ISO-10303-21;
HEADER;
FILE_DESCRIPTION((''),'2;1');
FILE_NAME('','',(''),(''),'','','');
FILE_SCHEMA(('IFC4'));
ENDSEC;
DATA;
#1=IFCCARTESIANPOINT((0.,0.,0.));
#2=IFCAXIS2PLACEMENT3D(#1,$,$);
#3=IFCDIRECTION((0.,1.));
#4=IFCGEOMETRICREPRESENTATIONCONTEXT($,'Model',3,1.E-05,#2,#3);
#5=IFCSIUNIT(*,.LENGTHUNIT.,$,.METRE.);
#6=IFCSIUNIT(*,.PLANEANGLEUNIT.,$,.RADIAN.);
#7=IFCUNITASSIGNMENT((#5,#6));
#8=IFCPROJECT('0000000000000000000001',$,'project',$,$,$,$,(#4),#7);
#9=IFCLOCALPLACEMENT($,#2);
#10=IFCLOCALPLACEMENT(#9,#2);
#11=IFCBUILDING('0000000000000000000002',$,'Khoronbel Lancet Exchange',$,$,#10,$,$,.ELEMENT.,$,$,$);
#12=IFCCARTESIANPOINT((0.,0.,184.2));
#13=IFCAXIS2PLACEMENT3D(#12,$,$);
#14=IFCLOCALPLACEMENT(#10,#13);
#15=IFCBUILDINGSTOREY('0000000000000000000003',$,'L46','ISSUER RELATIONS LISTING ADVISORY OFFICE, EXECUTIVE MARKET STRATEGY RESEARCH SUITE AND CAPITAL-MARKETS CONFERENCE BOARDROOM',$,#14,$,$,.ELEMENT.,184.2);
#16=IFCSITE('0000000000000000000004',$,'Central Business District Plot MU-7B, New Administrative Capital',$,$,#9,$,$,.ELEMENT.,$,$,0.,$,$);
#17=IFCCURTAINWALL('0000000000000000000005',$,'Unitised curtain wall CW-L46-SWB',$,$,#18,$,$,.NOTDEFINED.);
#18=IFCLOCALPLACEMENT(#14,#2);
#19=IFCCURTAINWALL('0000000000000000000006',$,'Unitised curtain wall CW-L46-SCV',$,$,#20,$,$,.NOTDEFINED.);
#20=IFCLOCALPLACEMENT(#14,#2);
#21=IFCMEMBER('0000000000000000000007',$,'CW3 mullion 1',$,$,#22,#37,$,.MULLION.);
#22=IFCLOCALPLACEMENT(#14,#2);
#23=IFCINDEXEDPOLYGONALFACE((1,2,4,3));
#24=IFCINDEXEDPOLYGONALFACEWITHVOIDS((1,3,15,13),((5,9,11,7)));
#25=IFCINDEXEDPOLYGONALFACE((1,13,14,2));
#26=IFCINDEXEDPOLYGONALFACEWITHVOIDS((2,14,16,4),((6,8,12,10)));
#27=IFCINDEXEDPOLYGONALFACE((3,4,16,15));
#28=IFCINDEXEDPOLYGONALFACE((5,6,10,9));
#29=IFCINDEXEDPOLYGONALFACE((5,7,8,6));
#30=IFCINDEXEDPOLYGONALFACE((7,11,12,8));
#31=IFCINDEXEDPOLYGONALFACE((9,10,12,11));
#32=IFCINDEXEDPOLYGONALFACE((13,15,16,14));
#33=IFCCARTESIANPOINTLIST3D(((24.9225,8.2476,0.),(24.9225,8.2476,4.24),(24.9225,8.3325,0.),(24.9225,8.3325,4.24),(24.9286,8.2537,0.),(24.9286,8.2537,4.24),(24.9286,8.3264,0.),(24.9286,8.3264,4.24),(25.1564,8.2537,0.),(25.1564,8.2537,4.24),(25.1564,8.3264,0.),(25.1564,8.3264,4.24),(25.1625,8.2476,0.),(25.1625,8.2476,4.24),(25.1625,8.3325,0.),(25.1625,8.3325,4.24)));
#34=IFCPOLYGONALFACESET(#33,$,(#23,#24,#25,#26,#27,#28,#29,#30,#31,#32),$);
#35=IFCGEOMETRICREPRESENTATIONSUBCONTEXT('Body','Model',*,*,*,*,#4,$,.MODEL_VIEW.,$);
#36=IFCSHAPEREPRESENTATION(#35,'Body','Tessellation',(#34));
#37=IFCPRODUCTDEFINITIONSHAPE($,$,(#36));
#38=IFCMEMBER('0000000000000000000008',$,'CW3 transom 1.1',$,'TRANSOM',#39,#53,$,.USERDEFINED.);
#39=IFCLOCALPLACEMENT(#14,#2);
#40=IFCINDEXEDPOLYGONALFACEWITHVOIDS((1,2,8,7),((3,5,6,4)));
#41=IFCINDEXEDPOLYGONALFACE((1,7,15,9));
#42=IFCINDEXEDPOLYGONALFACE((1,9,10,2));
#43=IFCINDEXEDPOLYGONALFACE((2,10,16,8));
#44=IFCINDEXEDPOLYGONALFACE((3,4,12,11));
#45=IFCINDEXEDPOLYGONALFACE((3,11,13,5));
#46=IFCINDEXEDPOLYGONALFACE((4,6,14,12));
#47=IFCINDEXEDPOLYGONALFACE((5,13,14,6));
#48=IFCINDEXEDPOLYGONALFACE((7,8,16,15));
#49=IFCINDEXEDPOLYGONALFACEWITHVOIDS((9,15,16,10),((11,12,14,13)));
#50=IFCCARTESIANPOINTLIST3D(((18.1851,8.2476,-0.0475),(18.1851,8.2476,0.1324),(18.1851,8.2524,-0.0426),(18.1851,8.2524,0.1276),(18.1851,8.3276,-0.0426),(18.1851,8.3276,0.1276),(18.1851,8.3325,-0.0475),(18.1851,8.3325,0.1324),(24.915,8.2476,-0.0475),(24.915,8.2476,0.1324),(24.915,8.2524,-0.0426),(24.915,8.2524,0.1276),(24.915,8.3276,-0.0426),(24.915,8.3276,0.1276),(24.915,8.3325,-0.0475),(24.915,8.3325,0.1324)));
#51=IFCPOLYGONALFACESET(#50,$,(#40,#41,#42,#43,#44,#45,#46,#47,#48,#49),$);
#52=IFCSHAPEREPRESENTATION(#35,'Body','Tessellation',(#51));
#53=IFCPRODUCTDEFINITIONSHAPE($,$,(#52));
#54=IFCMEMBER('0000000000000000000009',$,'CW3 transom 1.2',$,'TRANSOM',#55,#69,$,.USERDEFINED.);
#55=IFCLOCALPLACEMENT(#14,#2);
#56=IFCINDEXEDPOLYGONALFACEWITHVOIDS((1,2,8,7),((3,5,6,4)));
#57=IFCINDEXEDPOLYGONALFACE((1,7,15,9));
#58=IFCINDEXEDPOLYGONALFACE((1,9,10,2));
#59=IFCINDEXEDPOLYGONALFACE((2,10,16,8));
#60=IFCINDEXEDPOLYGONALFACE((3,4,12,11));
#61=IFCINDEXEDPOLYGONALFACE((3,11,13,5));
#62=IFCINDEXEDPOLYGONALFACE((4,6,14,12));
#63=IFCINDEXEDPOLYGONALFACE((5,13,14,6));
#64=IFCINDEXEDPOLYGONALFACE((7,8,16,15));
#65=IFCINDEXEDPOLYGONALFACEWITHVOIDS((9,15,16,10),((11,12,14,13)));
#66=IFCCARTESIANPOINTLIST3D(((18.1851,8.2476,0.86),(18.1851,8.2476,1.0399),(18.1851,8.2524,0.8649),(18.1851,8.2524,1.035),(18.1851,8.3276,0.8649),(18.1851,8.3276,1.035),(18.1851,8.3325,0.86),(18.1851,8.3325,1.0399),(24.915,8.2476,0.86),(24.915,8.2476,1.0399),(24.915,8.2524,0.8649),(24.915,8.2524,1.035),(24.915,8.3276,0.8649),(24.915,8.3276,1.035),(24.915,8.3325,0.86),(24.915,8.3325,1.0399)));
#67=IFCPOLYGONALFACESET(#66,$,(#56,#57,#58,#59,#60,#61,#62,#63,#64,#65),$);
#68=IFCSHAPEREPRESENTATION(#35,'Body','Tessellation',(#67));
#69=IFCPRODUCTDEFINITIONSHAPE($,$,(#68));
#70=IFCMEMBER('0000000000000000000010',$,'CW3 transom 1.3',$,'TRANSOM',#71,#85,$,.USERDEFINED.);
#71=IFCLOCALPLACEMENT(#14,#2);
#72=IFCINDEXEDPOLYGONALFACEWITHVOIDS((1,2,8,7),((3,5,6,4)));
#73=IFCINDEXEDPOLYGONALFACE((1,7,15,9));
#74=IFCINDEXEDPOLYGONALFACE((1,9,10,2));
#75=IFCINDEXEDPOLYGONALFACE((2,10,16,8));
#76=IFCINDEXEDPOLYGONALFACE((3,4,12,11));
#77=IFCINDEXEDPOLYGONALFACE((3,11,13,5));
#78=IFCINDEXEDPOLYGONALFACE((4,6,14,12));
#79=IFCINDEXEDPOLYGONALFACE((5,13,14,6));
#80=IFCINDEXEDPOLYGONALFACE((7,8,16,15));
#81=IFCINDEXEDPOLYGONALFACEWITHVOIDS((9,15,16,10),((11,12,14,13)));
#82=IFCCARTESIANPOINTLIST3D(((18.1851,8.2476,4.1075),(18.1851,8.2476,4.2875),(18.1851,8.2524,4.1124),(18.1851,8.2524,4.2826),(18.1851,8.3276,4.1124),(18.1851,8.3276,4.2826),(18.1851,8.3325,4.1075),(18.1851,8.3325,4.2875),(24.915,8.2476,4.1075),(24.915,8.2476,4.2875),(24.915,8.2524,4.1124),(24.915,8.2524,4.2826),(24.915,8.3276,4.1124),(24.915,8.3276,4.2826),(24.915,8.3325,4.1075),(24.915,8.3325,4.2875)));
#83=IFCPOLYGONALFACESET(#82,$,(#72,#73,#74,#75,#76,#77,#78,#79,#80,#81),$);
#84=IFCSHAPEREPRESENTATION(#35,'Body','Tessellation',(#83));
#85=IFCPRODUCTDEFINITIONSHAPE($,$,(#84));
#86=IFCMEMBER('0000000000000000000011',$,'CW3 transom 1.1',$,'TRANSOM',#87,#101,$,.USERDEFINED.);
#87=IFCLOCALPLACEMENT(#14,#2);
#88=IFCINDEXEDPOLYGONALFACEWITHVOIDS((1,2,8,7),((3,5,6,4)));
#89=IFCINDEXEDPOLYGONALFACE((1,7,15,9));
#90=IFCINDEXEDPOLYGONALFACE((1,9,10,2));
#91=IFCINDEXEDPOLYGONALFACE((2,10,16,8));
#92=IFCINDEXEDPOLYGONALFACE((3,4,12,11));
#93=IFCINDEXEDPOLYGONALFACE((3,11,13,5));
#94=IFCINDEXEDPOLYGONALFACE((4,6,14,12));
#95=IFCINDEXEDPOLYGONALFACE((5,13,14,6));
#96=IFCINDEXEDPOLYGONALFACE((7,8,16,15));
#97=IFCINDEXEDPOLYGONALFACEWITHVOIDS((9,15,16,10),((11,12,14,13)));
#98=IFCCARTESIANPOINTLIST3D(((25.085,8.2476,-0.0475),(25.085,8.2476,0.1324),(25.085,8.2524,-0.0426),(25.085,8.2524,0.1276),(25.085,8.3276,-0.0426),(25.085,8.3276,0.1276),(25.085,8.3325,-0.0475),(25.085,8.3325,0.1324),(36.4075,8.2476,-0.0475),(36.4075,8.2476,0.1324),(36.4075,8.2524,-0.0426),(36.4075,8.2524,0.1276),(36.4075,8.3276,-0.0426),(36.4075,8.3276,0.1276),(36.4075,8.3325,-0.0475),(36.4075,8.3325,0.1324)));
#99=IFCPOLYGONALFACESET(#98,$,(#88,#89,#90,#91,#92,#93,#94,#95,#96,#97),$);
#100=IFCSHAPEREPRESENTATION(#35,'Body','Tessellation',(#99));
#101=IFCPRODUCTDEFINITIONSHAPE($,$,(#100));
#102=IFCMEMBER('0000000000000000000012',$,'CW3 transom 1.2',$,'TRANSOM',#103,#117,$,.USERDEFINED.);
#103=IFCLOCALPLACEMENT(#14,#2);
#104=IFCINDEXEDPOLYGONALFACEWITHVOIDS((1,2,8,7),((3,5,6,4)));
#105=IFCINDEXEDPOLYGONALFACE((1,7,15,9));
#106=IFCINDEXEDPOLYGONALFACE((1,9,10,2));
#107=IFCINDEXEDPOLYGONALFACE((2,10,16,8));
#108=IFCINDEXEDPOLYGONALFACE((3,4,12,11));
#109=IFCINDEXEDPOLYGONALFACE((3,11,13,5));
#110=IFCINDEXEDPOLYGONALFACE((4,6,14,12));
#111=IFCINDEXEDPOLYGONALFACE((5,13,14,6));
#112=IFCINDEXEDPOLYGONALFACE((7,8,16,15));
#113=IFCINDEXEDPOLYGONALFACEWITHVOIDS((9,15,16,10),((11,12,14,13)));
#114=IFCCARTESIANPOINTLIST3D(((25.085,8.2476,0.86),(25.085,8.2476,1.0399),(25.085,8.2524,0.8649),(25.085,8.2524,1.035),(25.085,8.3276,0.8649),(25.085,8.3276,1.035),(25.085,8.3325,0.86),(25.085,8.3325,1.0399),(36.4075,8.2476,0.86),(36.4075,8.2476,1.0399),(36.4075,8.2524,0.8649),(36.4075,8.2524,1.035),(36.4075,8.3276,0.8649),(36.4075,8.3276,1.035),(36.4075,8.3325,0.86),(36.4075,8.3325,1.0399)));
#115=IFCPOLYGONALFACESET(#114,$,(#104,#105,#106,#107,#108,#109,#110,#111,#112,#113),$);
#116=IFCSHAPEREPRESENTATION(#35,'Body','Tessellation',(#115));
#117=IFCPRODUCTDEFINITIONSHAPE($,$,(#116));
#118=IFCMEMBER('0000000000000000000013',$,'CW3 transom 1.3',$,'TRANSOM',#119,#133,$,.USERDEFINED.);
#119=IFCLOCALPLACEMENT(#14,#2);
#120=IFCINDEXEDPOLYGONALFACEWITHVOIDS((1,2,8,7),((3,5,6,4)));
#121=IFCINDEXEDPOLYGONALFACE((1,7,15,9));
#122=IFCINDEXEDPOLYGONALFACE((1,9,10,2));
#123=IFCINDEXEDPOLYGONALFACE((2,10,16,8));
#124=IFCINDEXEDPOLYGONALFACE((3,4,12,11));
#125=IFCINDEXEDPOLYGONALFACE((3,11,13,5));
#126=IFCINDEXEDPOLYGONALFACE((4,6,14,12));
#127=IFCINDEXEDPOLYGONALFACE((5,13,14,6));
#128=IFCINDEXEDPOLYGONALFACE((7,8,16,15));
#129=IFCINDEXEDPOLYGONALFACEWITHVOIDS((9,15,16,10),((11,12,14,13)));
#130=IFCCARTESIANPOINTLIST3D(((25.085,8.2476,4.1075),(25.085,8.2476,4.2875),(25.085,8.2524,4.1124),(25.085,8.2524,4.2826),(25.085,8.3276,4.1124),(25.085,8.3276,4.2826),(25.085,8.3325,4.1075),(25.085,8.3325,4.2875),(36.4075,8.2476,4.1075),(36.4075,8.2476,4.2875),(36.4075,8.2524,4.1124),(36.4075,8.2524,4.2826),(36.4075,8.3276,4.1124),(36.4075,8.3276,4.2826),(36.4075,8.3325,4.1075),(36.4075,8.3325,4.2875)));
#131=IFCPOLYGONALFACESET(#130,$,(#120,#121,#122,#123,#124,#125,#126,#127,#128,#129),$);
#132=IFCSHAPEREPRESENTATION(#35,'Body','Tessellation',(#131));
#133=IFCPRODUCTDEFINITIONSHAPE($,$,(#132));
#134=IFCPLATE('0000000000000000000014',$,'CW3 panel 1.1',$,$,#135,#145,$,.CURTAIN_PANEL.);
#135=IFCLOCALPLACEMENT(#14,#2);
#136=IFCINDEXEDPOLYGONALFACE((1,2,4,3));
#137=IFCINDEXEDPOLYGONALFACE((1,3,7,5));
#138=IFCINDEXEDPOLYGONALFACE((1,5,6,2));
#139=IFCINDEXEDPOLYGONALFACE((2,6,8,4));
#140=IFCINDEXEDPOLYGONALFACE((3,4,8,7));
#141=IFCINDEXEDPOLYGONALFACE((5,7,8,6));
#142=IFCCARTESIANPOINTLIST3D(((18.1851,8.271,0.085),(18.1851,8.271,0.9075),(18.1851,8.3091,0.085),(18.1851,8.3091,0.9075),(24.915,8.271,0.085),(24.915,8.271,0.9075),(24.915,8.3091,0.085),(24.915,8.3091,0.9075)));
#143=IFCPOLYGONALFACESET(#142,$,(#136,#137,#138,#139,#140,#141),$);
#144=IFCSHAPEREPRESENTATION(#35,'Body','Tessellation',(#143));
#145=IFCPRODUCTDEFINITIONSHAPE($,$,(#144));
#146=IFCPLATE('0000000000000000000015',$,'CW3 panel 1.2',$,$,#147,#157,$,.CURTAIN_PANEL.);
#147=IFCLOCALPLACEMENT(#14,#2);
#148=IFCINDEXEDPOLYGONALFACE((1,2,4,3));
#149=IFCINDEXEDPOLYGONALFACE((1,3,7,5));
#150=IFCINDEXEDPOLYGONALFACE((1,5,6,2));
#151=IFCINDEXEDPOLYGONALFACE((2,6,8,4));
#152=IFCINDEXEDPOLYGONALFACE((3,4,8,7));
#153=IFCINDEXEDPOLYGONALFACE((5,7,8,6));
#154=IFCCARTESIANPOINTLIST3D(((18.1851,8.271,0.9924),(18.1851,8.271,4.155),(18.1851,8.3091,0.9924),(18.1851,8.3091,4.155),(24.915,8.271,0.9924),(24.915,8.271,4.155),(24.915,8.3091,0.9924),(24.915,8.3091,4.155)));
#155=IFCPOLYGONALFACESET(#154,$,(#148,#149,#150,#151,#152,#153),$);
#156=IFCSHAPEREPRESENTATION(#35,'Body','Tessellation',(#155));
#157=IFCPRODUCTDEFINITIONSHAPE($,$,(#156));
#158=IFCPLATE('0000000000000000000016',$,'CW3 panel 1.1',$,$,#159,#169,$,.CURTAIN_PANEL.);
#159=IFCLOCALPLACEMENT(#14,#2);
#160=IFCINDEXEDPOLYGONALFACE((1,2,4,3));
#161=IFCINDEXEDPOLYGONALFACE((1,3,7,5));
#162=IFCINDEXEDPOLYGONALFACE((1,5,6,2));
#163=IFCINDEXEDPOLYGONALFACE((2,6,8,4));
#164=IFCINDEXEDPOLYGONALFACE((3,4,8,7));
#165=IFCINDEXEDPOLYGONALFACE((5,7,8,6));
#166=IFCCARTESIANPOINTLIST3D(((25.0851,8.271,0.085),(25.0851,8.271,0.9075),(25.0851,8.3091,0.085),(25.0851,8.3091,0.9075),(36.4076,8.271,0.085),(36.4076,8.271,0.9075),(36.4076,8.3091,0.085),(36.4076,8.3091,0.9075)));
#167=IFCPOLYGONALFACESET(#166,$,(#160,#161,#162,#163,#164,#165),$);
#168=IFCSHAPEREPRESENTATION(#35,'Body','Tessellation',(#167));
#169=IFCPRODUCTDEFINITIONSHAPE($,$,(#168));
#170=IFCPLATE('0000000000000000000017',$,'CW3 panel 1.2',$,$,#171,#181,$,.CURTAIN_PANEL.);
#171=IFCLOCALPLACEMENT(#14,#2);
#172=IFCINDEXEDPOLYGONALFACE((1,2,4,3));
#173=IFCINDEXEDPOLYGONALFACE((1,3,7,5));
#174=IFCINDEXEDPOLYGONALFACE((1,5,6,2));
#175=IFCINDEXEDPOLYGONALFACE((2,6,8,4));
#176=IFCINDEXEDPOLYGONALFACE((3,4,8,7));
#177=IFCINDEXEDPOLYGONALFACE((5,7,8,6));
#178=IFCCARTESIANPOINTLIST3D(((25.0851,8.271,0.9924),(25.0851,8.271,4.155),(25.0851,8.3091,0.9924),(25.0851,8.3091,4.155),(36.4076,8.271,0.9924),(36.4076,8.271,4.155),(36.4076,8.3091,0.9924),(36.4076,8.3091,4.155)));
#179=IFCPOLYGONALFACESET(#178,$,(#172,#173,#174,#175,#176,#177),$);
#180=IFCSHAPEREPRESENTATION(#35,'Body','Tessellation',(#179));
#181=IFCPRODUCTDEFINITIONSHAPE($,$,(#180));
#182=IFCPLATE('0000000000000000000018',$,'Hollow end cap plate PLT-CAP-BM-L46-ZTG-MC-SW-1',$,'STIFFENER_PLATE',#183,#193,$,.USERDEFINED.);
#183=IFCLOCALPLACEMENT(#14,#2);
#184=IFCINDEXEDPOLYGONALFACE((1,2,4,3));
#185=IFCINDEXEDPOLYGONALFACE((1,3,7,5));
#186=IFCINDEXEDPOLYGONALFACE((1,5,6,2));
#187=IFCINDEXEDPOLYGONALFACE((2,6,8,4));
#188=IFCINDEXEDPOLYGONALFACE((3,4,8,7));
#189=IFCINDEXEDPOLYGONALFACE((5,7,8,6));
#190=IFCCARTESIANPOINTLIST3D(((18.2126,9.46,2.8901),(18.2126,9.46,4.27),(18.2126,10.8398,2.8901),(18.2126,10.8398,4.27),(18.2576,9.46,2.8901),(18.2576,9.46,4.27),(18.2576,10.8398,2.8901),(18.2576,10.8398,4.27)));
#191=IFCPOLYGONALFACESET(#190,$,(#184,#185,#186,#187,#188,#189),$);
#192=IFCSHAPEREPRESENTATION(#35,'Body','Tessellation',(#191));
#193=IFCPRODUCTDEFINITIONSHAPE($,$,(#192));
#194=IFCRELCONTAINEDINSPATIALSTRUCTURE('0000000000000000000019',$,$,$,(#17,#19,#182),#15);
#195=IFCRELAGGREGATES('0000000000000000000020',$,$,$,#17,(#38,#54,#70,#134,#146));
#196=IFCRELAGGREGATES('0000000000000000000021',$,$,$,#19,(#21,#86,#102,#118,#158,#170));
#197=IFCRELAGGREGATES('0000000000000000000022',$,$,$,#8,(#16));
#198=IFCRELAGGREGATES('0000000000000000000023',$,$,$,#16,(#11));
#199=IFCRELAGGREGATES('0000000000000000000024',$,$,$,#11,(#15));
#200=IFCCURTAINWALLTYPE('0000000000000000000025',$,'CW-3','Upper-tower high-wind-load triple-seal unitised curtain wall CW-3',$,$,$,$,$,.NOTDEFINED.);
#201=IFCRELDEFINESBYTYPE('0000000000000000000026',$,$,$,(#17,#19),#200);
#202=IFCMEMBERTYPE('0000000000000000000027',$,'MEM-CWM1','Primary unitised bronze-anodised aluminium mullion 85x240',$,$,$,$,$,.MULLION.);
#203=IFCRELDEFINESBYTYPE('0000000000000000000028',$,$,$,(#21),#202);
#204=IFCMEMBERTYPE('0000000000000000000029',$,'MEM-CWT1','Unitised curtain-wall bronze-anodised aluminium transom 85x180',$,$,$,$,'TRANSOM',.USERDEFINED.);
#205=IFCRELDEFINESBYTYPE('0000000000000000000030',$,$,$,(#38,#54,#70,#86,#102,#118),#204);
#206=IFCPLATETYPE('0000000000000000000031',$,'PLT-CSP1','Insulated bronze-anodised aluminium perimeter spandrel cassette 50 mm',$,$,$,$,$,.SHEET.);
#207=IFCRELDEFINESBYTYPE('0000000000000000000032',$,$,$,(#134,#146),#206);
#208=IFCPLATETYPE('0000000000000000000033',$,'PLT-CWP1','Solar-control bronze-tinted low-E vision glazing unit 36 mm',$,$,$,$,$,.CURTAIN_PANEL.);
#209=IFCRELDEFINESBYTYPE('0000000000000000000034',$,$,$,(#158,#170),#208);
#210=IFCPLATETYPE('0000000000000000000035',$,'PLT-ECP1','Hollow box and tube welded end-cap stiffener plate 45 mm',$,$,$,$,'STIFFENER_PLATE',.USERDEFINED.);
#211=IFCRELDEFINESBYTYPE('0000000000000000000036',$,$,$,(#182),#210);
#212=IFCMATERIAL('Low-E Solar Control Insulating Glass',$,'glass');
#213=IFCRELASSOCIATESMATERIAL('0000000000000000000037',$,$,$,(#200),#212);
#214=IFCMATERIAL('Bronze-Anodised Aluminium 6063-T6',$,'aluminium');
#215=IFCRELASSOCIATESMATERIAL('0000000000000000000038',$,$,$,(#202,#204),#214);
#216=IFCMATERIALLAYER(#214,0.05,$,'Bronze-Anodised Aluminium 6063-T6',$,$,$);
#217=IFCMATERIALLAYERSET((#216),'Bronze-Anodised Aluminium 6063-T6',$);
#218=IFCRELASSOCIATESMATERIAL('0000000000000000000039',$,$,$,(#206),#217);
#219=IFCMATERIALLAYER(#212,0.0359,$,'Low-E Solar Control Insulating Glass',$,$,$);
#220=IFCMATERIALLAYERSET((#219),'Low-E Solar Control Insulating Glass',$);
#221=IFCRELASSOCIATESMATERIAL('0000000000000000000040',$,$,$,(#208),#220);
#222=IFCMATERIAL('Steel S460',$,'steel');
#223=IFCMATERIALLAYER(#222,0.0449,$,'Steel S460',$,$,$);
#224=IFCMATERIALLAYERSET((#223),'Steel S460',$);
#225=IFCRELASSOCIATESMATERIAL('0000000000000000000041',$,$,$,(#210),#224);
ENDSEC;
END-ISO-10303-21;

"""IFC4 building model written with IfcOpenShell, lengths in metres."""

from ifc_helpers import new_model, si_unit, direction, frame, origin, origin_2d, place, context, subcontext, project, spatial, rectangle, hollow_rectangle, extrude, material, layer, layer_set, material_profile, profile_set, type_object, element, aggregate, save


model = new_model("IFC4")

# Units and contexts
model_context = context("Model", 3, precision=1e-05, world=origin(), true_north=direction((0.0, 1.0)))
body_context = subcontext(model_context, "Body", "Model", "MODEL_VIEW")
ifc_project = project(units=[si_unit("LENGTHUNIT", "METRE"), si_unit("PLANEANGLEUNIT", "RADIAN")], contexts=[model_context])

# Site, building, storey
site_placement = place(None, origin())
site = spatial("IfcSite", under=ifc_project, at=site_placement, Name="Central Business District Plot MU-7B, New Administrative Capital", CompositionType="ELEMENT", RefElevation=0.0)
building_placement = place(site_placement, origin())
building = spatial("IfcBuilding", under=site, at=building_placement, Name="Khoronbel Lancet Exchange", CompositionType="ELEMENT")
storey_placement = place(building_placement, frame((0.0, 0.0, 184.2)))
storey = spatial("IfcBuildingStorey", under=building, at=storey_placement, Name="L46", Description="ISSUER RELATIONS LISTING ADVISORY OFFICE, EXECUTIVE MARKET STRATEGY RESEARCH SUITE AND CAPITAL-MARKETS CONFERENCE BOARDROOM", CompositionType="ELEMENT", Elevation=184.2)

# Shared definitions
ifc_material_1 = material(Name="Steel S460", Category="steel")

# Shared definitions
ifc_material_2 = material(Name="Low-E Solar Control Insulating Glass", Category="glass")
curtain_wall_type = type_object("IfcCurtainWallType", Name="CW-3", Description="Upper-tower high-wind-load triple-seal unitised curtain wall CW-3", PredefinedType="NOTDEFINED", material=ifc_material_2)
ifc_material_3 = material(Name="Bronze-Anodised Aluminium 6063-T6", Category="aluminium")
ifc_material_profile_1 = material_profile(ifc_material_3, hollow_rectangle(XDim=0.085, YDim=0.24, WallThickness=0.0061, at=origin_2d()), Name="ALU MULLION 85x240")
ifc_profile_set_1 = profile_set([ifc_material_profile_1], Name="Bronze-Anodised Aluminium 6063-T6")
member_type_1 = type_object("IfcMemberType", Name="MEM-CWM1", Description="Primary unitised bronze-anodised aluminium mullion 85x240", PredefinedType="MULLION", material=ifc_profile_set_1)

# Curtain wall
curtain_wall_1_placement = place(storey_placement, origin())
curtain_wall_1 = element("IfcCurtainWall", 1, at=curtain_wall_1_placement, inside=storey, type_object=curtain_wall_type, Name="Unitised curtain wall CW-L46-SWB", PredefinedType="NOTDEFINED")

# Curtain wall, member
curtain_wall_2_placement = place(storey_placement, origin())
curtain_wall_2 = element("IfcCurtainWall", 2, at=curtain_wall_2_placement, inside=storey, type_object=curtain_wall_type, Name="Unitised curtain wall CW-L46-SCV", PredefinedType="NOTDEFINED")
member_1_placement = place(storey_placement, frame((25.0425, 8.29, 0.0), z_axis=(0.0, 0.0, 1.0), x_axis=(0.0, 1.0, 0.0)))
member_1 = element("IfcMember", 3, at=member_1_placement, type_object=member_type_1, Name="CW3 mullion 1", PredefinedType="MULLION", context=body_context, shape_type="SweptSolid", body=[
    extrude(hollow_rectangle(XDim=0.085, YDim=0.24, WallThickness=0.0061, at=origin_2d()), origin(), (0.0, 0.0, 1.0), 4.24),
])

# Members
ifc_material_profile_2 = material_profile(ifc_material_3, hollow_rectangle(XDim=0.085, YDim=0.1799, WallThickness=0.0049, at=origin_2d()), Name="ALU TRANSOM 85x180")
ifc_profile_set_2 = profile_set([ifc_material_profile_2], Name="Bronze-Anodised Aluminium 6063-T6")
member_type_2 = type_object("IfcMemberType", Name="MEM-CWT1", Description="Unitised curtain-wall bronze-anodised aluminium transom 85x180", ElementType="TRANSOM", PredefinedType="USERDEFINED", material=ifc_profile_set_2)
member_2_placement = place(storey_placement, frame((18.1851, 8.29, 0.0425), z_axis=(1.0, 0.0, 0.0), x_axis=(0.0, 1.0, 0.0)))
member_2 = element("IfcMember", 4, at=member_2_placement, type_object=member_type_2, Name="CW3 transom 1.1", ObjectType="TRANSOM", PredefinedType="USERDEFINED", context=body_context, shape_type="SweptSolid", body=[
    extrude(hollow_rectangle(XDim=0.085, YDim=0.1799, WallThickness=0.0049, at=origin_2d()), origin(), (0.0, 0.0, 1.0), 6.73),
])
member_3_placement = place(storey_placement, frame((18.1851, 8.29, 0.95), z_axis=(1.0, 0.0, 0.0), x_axis=(0.0, 1.0, 0.0)))
member_3 = element("IfcMember", 5, at=member_3_placement, type_object=member_type_2, Name="CW3 transom 1.2", ObjectType="TRANSOM", PredefinedType="USERDEFINED", context=body_context, shape_type="SweptSolid", body=[
    extrude(hollow_rectangle(XDim=0.085, YDim=0.1799, WallThickness=0.0049, at=origin_2d()), origin(), (0.0, 0.0, 1.0), 6.73),
])
member_4_placement = place(storey_placement, frame((18.1851, 8.29, 4.1975), z_axis=(1.0, 0.0, 0.0), x_axis=(0.0, 1.0, 0.0)))
member_4 = element("IfcMember", 6, at=member_4_placement, type_object=member_type_2, Name="CW3 transom 1.3", ObjectType="TRANSOM", PredefinedType="USERDEFINED", context=body_context, shape_type="SweptSolid", body=[
    extrude(hollow_rectangle(XDim=0.085, YDim=0.1799, WallThickness=0.0049, at=origin_2d()), origin(), (0.0, 0.0, 1.0), 6.73),
])
member_5_placement = place(storey_placement, frame((25.085, 8.29, 0.0425), z_axis=(1.0, 0.0, 0.0), x_axis=(0.0, 1.0, 0.0)))
member_5 = element("IfcMember", 7, at=member_5_placement, type_object=member_type_2, Name="CW3 transom 1.1", ObjectType="TRANSOM", PredefinedType="USERDEFINED", context=body_context, shape_type="SweptSolid", body=[
    extrude(hollow_rectangle(XDim=0.085, YDim=0.1799, WallThickness=0.0049, at=origin_2d()), origin(), (0.0, 0.0, 1.0), 11.3225),
])
member_6_placement = place(storey_placement, frame((25.085, 8.29, 0.95), z_axis=(1.0, 0.0, 0.0), x_axis=(0.0, 1.0, 0.0)))
member_6 = element("IfcMember", 8, at=member_6_placement, type_object=member_type_2, Name="CW3 transom 1.2", ObjectType="TRANSOM", PredefinedType="USERDEFINED", context=body_context, shape_type="SweptSolid", body=[
    extrude(hollow_rectangle(XDim=0.085, YDim=0.1799, WallThickness=0.0049, at=origin_2d()), origin(), (0.0, 0.0, 1.0), 11.3225),
])
member_7_placement = place(storey_placement, frame((25.085, 8.29, 4.1975), z_axis=(1.0, 0.0, 0.0), x_axis=(0.0, 1.0, 0.0)))
member_7 = element("IfcMember", 9, at=member_7_placement, type_object=member_type_2, Name="CW3 transom 1.3", ObjectType="TRANSOM", PredefinedType="USERDEFINED", context=body_context, shape_type="SweptSolid", body=[
    extrude(hollow_rectangle(XDim=0.085, YDim=0.1799, WallThickness=0.0049, at=origin_2d()), origin(), (0.0, 0.0, 1.0), 11.3225),
])

# Plates
ifc_layer_1 = layer(ifc_material_3, 0.05, Name="Bronze-Anodised Aluminium 6063-T6")
ifc_layer_set_1 = layer_set([ifc_layer_1], Name="Bronze-Anodised Aluminium 6063-T6")
plate_type_1 = type_object("IfcPlateType", Name="PLT-CSP1", Description="Insulated bronze-anodised aluminium perimeter spandrel cassette 50 mm", PredefinedType="SHEET", material=ifc_layer_set_1)
plate_1_placement = place(storey_placement, frame((21.55, 8.29, 0.085), z_axis=(0.0, 0.0, 1.0), x_axis=(1.0, 0.0, 0.0)))
plate_1 = element("IfcPlate", 10, at=plate_1_placement, type_object=plate_type_1, Name="CW3 panel 1.1", PredefinedType="CURTAIN_PANEL", context=body_context, shape_type="SweptSolid", body=[
    extrude(rectangle(XDim=6.73, YDim=0.0381, at=origin_2d()), origin(), (0.0, 0.0, 1.0), 0.8225),
])
plate_2_placement = place(storey_placement, frame((21.55, 8.29, 0.9924), z_axis=(0.0, 0.0, 1.0), x_axis=(1.0, 0.0, 0.0)))
plate_2 = element("IfcPlate", 11, at=plate_2_placement, type_object=plate_type_1, Name="CW3 panel 1.2", PredefinedType="CURTAIN_PANEL", context=body_context, shape_type="SweptSolid", body=[
    extrude(rectangle(XDim=6.73, YDim=0.0381, at=origin_2d()), origin(), (0.0, 0.0, 1.0), 3.1626),
])
aggregate(curtain_wall_1, [member_2, member_3, member_4, plate_1, plate_2])
ifc_layer_2 = layer(ifc_material_2, 0.0359, Name="Low-E Solar Control Insulating Glass")
ifc_layer_set_2 = layer_set([ifc_layer_2], Name="Low-E Solar Control Insulating Glass")
plate_type_2 = type_object("IfcPlateType", Name="PLT-CWP1", Description="Solar-control bronze-tinted low-E vision glazing unit 36 mm", PredefinedType="CURTAIN_PANEL", material=ifc_layer_set_2)
plate_3_placement = place(storey_placement, frame((30.7463, 8.29, 0.085), z_axis=(0.0, 0.0, 1.0), x_axis=(1.0, 0.0, 0.0)))
plate_3 = element("IfcPlate", 12, at=plate_3_placement, type_object=plate_type_2, Name="CW3 panel 1.1", PredefinedType="CURTAIN_PANEL", context=body_context, shape_type="SweptSolid", body=[
    extrude(rectangle(XDim=11.3225, YDim=0.0381, at=origin_2d()), origin(), (0.0, 0.0, 1.0), 0.8225),
])
plate_4_placement = place(storey_placement, frame((30.7463, 8.29, 0.9924), z_axis=(0.0, 0.0, 1.0), x_axis=(1.0, 0.0, 0.0)))
plate_4 = element("IfcPlate", 13, at=plate_4_placement, type_object=plate_type_2, Name="CW3 panel 1.2", PredefinedType="CURTAIN_PANEL", context=body_context, shape_type="SweptSolid", body=[
    extrude(rectangle(XDim=11.3225, YDim=0.0381, at=origin_2d()), origin(), (0.0, 0.0, 1.0), 3.1626),
])
aggregate(curtain_wall_2, [member_1, member_5, member_6, member_7, plate_3, plate_4])

# Plate
ifc_layer_3 = layer(ifc_material_1, 0.0449, Name="Steel S460")
ifc_layer_set_3 = layer_set([ifc_layer_3], Name="Steel S460")
plate_type_3 = type_object("IfcPlateType", Name="PLT-ECP1", Description="Hollow box and tube welded end-cap stiffener plate 45 mm", ElementType="STIFFENER_PLATE", PredefinedType="USERDEFINED", material=ifc_layer_set_3)
plate_5_placement = place(storey_placement, frame((18.2351, 10.1499, 2.8901), z_axis=(0.0, 0.0, 1.0), x_axis=(1.0, 0.0, 0.0)))
element("IfcPlate", 14, at=plate_5_placement, inside=storey, type_object=plate_type_3, Name="Hollow end cap plate PLT-CAP-BM-L46-ZTG-MC-SW-1", ObjectType="STIFFENER_PLATE", PredefinedType="USERDEFINED", context=body_context, shape_type="SweptSolid", body=[
    extrude(rectangle(XDim=0.0449, YDim=1.3799, at=origin_2d()), origin(), (0.0, 0.0, 1.0), 1.3799),
])

save(model, "model.ifc")
